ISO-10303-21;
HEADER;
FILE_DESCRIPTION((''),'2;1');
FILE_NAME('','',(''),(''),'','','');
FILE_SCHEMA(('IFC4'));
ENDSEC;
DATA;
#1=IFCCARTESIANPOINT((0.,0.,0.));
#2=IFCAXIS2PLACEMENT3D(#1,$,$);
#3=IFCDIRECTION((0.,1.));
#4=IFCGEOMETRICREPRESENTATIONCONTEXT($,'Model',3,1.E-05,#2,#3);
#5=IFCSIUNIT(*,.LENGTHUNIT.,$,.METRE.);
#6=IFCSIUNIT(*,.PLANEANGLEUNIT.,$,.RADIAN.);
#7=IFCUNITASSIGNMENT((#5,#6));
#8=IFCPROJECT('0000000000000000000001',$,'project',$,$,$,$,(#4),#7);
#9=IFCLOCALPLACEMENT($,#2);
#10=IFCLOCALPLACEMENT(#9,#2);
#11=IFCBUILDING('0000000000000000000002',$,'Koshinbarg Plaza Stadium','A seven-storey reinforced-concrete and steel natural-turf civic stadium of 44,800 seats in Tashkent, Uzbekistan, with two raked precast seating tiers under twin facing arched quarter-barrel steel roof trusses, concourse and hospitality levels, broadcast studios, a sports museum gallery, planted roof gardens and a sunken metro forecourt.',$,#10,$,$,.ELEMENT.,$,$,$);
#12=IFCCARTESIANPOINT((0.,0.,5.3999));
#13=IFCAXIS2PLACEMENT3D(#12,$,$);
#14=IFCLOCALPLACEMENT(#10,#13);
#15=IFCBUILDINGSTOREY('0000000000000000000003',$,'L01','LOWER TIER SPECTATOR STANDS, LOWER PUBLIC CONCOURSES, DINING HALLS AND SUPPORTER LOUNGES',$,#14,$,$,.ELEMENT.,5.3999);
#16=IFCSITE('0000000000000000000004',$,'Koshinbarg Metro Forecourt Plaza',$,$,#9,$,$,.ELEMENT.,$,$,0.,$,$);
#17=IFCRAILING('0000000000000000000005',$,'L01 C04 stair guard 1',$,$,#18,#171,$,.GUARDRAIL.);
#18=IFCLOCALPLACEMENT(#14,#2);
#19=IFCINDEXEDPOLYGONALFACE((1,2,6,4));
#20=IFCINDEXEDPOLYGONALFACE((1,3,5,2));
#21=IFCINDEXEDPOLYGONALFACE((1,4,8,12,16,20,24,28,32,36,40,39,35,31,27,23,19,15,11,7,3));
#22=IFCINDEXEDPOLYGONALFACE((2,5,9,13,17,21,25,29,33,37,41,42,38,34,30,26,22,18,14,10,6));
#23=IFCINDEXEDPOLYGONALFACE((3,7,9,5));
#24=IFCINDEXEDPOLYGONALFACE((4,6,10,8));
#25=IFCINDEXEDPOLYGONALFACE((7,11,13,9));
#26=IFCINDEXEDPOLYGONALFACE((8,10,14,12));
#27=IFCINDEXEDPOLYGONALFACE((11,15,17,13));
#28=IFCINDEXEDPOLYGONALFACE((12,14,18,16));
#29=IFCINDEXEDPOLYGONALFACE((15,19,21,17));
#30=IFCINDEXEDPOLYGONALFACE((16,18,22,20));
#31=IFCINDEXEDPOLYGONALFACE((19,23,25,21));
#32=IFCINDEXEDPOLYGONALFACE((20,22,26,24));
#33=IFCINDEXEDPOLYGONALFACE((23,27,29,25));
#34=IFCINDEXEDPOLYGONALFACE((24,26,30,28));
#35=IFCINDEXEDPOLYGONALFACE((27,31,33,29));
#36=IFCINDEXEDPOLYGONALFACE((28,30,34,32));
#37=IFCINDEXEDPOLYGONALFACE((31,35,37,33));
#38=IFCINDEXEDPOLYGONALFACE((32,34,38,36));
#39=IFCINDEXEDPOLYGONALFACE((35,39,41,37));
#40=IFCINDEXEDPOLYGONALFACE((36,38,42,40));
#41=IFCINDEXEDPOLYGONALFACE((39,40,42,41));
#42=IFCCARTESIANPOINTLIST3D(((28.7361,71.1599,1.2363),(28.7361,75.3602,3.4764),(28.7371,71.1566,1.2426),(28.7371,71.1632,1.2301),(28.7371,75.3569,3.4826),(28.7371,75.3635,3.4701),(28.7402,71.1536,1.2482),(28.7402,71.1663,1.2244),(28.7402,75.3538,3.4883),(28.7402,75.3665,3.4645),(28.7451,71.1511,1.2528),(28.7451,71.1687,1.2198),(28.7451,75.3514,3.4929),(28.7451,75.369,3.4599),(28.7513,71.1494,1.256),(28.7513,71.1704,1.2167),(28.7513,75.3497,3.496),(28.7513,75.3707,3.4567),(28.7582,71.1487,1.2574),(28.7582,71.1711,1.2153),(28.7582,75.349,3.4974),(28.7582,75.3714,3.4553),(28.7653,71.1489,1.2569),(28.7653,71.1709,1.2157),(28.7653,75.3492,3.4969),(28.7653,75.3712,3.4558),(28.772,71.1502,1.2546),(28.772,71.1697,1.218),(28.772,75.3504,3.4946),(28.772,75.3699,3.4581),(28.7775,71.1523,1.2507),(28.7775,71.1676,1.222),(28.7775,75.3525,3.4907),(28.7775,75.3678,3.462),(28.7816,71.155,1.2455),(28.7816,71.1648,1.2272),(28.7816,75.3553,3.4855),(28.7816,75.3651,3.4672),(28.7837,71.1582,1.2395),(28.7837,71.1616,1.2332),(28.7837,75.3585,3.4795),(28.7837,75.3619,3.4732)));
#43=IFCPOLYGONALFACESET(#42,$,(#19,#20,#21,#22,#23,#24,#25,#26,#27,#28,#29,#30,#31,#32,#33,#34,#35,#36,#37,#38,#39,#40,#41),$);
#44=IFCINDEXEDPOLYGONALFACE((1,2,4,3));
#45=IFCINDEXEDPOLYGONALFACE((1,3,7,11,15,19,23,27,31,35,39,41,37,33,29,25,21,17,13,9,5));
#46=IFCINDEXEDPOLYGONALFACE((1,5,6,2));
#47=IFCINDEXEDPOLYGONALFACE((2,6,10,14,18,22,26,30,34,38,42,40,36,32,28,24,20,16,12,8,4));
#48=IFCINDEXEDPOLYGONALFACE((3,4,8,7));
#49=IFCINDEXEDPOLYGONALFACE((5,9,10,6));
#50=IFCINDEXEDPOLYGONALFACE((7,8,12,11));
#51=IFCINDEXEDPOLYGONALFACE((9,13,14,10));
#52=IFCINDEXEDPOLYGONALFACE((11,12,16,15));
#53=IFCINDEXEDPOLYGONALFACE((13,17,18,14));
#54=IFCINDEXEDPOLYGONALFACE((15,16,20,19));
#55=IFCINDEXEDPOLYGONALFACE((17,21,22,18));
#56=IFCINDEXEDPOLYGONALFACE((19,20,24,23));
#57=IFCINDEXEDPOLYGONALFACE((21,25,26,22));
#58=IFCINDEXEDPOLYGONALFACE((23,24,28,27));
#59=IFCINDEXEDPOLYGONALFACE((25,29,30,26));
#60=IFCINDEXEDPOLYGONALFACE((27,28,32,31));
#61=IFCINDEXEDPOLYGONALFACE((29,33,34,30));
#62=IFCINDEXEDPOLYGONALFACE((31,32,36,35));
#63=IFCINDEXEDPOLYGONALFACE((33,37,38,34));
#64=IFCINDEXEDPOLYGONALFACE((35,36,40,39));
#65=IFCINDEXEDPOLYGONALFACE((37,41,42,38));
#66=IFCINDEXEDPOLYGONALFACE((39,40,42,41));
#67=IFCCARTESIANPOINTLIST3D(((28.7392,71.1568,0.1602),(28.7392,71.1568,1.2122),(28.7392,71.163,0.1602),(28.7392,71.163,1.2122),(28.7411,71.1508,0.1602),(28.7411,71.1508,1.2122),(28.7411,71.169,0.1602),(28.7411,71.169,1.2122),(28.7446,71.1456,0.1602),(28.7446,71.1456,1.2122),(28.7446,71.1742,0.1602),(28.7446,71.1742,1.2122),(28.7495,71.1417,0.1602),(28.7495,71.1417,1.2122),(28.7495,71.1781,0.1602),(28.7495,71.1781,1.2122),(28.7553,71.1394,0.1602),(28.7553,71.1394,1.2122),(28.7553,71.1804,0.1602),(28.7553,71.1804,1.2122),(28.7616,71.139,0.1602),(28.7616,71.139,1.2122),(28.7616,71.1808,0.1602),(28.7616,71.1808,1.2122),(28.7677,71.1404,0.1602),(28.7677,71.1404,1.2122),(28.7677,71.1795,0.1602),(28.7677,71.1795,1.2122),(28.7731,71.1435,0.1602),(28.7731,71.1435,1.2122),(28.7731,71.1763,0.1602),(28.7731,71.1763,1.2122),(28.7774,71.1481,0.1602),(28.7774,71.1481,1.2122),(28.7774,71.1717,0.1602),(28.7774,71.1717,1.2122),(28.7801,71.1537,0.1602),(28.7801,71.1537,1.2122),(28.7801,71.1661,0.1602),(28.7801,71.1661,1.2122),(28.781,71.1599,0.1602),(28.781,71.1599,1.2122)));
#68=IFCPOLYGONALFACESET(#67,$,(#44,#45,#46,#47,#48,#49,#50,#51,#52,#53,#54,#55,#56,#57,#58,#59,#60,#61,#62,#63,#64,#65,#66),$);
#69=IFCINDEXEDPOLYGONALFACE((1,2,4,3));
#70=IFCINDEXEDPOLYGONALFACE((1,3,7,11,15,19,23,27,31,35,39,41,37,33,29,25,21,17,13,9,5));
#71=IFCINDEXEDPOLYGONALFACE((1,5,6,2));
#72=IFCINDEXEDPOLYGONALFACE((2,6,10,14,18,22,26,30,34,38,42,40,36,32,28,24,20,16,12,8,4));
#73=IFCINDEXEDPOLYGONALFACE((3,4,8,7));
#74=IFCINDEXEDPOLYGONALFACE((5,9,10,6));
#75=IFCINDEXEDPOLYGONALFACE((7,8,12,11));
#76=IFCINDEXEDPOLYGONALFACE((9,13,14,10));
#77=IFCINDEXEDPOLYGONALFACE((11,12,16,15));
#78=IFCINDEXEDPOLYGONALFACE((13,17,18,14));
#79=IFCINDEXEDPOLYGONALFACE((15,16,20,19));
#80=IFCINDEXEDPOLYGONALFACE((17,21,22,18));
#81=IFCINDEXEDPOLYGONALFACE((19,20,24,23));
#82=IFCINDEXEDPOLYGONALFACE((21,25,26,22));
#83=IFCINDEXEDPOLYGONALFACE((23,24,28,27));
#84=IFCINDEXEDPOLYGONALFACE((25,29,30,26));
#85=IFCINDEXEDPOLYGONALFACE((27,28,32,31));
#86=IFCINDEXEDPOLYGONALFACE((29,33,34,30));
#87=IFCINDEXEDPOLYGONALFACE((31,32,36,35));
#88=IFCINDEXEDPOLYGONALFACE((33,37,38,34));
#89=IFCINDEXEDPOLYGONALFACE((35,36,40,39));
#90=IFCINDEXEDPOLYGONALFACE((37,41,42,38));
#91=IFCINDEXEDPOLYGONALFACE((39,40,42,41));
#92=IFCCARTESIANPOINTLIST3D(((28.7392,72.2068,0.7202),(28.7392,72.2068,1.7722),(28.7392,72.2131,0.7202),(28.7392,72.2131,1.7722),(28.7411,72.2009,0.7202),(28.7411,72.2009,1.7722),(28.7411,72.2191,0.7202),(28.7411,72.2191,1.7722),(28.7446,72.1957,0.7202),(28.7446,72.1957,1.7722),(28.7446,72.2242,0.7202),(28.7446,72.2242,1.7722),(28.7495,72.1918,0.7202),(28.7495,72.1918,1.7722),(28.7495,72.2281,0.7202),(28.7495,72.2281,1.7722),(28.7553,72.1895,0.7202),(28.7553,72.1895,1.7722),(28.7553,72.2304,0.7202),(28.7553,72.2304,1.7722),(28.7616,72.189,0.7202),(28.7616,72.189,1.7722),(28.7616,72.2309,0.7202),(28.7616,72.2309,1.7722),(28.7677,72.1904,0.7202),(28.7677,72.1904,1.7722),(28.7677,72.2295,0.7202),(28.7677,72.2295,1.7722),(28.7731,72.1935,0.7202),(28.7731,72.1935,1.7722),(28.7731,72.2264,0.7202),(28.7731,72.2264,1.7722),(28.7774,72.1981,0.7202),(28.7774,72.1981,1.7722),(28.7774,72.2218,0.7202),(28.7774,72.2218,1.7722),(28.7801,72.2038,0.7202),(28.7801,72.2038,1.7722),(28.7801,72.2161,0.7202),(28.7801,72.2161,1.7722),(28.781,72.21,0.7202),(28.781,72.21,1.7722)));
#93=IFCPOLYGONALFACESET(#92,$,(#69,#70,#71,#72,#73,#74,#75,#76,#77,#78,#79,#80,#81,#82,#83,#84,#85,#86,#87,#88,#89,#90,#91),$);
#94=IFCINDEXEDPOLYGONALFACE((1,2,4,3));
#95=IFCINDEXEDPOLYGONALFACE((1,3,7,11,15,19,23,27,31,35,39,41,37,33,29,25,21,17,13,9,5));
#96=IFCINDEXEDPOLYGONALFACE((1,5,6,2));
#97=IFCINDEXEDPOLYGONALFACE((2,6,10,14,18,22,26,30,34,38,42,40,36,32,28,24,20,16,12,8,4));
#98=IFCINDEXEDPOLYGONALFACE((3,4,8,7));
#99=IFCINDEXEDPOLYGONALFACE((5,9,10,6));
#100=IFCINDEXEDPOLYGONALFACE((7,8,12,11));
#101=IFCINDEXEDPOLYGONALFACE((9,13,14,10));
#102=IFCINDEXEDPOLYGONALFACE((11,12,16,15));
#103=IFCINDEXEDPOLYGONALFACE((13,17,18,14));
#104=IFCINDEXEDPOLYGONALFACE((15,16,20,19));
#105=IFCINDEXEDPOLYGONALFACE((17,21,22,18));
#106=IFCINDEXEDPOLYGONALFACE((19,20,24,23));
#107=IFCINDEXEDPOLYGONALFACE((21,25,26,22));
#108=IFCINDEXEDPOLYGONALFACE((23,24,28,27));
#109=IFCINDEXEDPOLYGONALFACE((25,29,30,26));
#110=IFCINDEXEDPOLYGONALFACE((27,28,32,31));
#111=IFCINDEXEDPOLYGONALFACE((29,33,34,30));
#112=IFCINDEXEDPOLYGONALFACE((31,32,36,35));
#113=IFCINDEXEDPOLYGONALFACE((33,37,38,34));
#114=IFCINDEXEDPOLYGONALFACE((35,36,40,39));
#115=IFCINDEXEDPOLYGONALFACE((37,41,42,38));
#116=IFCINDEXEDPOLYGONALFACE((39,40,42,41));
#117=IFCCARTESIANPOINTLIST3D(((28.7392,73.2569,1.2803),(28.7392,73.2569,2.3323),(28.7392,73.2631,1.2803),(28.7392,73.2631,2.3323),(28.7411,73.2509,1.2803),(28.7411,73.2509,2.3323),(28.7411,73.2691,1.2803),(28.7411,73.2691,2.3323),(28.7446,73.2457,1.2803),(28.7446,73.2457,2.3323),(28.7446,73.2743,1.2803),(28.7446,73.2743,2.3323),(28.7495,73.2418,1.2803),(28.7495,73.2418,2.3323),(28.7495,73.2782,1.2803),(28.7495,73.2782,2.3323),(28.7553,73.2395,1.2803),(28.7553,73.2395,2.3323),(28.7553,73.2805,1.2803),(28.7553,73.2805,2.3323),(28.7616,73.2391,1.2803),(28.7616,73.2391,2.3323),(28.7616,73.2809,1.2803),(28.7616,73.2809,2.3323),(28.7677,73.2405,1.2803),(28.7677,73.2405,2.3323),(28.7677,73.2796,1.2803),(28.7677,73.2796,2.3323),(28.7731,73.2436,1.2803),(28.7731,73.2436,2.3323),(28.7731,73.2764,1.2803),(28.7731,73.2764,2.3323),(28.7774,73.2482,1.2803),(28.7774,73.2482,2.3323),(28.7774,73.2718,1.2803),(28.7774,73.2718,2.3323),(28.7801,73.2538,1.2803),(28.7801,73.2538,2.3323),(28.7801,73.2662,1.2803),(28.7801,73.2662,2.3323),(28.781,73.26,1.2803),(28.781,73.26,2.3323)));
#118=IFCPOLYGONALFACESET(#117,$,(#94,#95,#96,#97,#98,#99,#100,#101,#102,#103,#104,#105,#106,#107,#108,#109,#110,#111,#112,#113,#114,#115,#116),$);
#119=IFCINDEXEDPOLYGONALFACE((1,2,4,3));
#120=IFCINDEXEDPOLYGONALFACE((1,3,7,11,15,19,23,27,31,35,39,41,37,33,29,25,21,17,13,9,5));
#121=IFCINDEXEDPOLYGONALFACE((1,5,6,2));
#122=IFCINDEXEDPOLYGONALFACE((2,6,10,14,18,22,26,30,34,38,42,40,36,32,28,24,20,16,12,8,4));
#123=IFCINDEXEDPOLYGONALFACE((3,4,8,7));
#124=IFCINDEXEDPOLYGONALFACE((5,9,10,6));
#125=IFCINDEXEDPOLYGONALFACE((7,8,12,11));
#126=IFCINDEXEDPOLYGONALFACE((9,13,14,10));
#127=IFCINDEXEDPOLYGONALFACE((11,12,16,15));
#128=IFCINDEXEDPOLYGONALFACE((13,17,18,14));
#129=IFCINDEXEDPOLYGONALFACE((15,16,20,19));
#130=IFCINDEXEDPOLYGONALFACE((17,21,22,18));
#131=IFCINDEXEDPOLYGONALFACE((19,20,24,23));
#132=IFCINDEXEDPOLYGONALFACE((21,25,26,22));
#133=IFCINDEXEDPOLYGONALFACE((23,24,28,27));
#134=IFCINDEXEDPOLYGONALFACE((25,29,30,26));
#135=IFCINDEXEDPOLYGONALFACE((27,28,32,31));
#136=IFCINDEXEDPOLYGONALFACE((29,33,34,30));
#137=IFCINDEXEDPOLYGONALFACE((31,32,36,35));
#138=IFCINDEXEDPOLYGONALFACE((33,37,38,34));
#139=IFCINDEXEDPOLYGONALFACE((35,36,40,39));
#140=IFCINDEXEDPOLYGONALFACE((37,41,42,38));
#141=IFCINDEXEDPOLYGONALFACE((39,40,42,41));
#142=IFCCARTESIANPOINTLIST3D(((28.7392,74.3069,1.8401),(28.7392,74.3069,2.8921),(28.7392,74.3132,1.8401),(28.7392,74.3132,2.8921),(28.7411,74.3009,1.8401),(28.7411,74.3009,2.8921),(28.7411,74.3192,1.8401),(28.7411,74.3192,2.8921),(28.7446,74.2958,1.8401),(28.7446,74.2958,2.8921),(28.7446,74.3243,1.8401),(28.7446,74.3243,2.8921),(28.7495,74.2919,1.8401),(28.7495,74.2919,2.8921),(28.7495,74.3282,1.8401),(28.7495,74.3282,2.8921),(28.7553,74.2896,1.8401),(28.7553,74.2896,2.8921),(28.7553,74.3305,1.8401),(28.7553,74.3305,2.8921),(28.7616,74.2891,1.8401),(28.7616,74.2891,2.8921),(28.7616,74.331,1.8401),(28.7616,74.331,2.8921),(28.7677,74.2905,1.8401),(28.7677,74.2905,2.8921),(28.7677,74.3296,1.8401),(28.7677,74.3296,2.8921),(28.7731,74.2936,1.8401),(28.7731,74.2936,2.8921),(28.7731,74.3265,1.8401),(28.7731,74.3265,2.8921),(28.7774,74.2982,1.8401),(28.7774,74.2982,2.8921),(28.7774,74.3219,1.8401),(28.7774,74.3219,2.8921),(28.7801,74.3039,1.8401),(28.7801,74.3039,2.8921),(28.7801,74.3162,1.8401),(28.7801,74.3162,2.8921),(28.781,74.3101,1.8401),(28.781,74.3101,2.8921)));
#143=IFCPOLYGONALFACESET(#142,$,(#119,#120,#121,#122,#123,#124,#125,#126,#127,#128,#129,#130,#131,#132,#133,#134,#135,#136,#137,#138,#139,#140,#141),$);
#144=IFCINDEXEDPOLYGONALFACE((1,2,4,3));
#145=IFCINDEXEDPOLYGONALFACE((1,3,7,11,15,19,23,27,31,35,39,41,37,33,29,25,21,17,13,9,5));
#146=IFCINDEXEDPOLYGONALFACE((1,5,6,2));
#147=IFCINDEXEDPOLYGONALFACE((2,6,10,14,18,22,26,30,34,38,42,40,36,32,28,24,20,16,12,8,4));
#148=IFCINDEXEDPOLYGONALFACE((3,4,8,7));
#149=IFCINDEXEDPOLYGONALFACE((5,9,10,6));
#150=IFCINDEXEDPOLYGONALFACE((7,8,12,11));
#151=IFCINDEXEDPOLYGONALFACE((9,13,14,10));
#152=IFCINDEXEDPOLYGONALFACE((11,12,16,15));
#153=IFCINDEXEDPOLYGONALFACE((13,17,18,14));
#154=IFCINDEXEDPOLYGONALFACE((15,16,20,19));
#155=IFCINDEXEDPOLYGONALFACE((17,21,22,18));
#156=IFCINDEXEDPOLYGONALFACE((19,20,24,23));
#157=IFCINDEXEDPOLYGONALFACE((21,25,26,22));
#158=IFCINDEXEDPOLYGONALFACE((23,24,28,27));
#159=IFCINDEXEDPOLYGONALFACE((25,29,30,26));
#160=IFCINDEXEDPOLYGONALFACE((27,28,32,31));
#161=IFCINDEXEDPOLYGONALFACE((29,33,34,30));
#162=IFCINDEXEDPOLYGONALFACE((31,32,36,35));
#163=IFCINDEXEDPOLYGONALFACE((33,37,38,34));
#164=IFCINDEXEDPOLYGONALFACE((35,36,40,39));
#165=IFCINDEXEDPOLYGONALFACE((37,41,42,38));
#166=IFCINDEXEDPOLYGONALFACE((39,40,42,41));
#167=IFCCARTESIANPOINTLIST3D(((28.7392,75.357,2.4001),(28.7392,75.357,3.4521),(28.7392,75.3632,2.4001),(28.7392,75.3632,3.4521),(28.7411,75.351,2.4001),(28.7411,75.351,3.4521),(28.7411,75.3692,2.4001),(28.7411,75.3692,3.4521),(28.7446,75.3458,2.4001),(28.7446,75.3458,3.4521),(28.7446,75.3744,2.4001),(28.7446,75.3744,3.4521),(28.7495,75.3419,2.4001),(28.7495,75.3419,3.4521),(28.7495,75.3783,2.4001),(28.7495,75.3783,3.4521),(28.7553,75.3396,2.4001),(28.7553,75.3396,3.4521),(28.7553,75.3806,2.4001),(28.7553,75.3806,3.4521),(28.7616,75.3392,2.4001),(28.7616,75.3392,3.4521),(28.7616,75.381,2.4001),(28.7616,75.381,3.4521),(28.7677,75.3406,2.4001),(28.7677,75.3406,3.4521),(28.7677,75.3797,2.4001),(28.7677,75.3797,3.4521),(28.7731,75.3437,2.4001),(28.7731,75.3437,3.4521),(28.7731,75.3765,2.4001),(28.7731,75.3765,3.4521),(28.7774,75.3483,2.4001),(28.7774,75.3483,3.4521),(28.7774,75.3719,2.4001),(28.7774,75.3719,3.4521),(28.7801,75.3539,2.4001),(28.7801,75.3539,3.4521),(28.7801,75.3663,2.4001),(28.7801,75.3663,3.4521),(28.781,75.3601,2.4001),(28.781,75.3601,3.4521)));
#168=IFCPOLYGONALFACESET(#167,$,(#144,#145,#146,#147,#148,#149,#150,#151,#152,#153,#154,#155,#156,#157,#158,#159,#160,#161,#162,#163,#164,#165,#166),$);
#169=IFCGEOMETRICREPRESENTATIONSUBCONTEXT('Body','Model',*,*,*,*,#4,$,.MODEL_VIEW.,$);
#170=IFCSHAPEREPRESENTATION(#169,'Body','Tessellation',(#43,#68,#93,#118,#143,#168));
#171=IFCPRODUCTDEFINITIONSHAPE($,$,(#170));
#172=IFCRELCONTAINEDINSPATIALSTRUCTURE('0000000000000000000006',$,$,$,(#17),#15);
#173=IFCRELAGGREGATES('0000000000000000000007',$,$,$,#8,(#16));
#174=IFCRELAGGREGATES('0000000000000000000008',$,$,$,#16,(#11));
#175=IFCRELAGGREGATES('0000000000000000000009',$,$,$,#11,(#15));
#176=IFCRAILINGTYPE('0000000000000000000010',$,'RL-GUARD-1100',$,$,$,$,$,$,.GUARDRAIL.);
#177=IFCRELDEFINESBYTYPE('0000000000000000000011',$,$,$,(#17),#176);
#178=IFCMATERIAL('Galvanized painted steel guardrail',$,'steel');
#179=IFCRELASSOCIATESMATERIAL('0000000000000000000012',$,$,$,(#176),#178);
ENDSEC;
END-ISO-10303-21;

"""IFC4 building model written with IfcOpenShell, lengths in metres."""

from ifc_helpers import new_model, si_unit, direction, frame, origin, origin_2d, place, context, subcontext, project, spatial, circle, extrude, material, type_object, element, save


model = new_model("IFC4")

# Units and contexts
model_context = context("Model", 3, precision=1e-05, world=origin(), true_north=direction((0.0, 1.0)))
body_context = subcontext(model_context, "Body", "Model", "MODEL_VIEW")
ifc_project = project(units=[si_unit("LENGTHUNIT", "METRE"), si_unit("PLANEANGLEUNIT", "RADIAN")], contexts=[model_context])

# Site, building, storey
site_placement = place(None, origin())
site = spatial("IfcSite", under=ifc_project, at=site_placement, Name="Koshinbarg Metro Forecourt Plaza", CompositionType="ELEMENT", RefElevation=0.0)
building_placement = place(site_placement, origin())
building = spatial("IfcBuilding", under=site, at=building_placement, Name="Koshinbarg Plaza Stadium", Description="A seven-storey reinforced-concrete and steel natural-turf civic stadium of 44,800 seats in Tashkent, Uzbekistan, with two raked precast seating tiers under twin facing arched quarter-barrel steel roof trusses, concourse and hospitality levels, broadcast studios, a sports museum gallery, planted roof gardens and a sunken metro forecourt.", CompositionType="ELEMENT")
storey_placement = place(building_placement, frame((0.0, 0.0, 5.3999)))
storey = spatial("IfcBuildingStorey", under=building, at=storey_placement, Name="L01", Description="LOWER TIER SPECTATOR STANDS, LOWER PUBLIC CONCOURSES, DINING HALLS AND SUPPORTER LOUNGES", CompositionType="ELEMENT", Elevation=5.3999)

# Railing
ifc_material_1 = material(Name="Galvanized painted steel guardrail", Category="steel")
railing_type_1 = type_object("IfcRailingType", Name="RL-GUARD-1100", PredefinedType="GUARDRAIL", material=ifc_material_1)
railing_1_placement = place(storey_placement, frame((28.76, 71.1599, 0.1602)))
element("IfcRailing", 1, at=railing_1_placement, inside=storey, type_object=railing_type_1, Name="L01 C04 stair guard 1", PredefinedType="GUARDRAIL", context=body_context, shape_type="SweptSolid", body=[
    extrude(circle(Radius=0.0239, at=origin_2d()), frame((0.0, 0.0, 1.0762), z_axis=(0.0, 0.882363, 0.47057), x_axis=(-1.0, 0.0, 0.0)), (0.0, 0.0, 1.0), 4.7603),
    extrude(circle(Radius=0.021, at=origin_2d()), origin(), (0.0, 0.0, 1.0), 1.052),
    extrude(circle(Radius=0.021, at=origin_2d()), frame((0.0, 1.05, 0.5601)), (0.0, 0.0, 1.0), 1.052),
    extrude(circle(Radius=0.021, at=origin_2d()), frame((0.0, 2.1001, 1.1201)), (0.0, 0.0, 1.0), 1.052),
    extrude(circle(Radius=0.021, at=origin_2d()), frame((0.0, 3.1501, 1.6799)), (0.0, 0.0, 1.0), 1.052),
    extrude(circle(Radius=0.021, at=origin_2d()), frame((0.0, 4.2002, 2.24)), (0.0, 0.0, 1.0), 1.052),
])

save(model, "model.ifc")
